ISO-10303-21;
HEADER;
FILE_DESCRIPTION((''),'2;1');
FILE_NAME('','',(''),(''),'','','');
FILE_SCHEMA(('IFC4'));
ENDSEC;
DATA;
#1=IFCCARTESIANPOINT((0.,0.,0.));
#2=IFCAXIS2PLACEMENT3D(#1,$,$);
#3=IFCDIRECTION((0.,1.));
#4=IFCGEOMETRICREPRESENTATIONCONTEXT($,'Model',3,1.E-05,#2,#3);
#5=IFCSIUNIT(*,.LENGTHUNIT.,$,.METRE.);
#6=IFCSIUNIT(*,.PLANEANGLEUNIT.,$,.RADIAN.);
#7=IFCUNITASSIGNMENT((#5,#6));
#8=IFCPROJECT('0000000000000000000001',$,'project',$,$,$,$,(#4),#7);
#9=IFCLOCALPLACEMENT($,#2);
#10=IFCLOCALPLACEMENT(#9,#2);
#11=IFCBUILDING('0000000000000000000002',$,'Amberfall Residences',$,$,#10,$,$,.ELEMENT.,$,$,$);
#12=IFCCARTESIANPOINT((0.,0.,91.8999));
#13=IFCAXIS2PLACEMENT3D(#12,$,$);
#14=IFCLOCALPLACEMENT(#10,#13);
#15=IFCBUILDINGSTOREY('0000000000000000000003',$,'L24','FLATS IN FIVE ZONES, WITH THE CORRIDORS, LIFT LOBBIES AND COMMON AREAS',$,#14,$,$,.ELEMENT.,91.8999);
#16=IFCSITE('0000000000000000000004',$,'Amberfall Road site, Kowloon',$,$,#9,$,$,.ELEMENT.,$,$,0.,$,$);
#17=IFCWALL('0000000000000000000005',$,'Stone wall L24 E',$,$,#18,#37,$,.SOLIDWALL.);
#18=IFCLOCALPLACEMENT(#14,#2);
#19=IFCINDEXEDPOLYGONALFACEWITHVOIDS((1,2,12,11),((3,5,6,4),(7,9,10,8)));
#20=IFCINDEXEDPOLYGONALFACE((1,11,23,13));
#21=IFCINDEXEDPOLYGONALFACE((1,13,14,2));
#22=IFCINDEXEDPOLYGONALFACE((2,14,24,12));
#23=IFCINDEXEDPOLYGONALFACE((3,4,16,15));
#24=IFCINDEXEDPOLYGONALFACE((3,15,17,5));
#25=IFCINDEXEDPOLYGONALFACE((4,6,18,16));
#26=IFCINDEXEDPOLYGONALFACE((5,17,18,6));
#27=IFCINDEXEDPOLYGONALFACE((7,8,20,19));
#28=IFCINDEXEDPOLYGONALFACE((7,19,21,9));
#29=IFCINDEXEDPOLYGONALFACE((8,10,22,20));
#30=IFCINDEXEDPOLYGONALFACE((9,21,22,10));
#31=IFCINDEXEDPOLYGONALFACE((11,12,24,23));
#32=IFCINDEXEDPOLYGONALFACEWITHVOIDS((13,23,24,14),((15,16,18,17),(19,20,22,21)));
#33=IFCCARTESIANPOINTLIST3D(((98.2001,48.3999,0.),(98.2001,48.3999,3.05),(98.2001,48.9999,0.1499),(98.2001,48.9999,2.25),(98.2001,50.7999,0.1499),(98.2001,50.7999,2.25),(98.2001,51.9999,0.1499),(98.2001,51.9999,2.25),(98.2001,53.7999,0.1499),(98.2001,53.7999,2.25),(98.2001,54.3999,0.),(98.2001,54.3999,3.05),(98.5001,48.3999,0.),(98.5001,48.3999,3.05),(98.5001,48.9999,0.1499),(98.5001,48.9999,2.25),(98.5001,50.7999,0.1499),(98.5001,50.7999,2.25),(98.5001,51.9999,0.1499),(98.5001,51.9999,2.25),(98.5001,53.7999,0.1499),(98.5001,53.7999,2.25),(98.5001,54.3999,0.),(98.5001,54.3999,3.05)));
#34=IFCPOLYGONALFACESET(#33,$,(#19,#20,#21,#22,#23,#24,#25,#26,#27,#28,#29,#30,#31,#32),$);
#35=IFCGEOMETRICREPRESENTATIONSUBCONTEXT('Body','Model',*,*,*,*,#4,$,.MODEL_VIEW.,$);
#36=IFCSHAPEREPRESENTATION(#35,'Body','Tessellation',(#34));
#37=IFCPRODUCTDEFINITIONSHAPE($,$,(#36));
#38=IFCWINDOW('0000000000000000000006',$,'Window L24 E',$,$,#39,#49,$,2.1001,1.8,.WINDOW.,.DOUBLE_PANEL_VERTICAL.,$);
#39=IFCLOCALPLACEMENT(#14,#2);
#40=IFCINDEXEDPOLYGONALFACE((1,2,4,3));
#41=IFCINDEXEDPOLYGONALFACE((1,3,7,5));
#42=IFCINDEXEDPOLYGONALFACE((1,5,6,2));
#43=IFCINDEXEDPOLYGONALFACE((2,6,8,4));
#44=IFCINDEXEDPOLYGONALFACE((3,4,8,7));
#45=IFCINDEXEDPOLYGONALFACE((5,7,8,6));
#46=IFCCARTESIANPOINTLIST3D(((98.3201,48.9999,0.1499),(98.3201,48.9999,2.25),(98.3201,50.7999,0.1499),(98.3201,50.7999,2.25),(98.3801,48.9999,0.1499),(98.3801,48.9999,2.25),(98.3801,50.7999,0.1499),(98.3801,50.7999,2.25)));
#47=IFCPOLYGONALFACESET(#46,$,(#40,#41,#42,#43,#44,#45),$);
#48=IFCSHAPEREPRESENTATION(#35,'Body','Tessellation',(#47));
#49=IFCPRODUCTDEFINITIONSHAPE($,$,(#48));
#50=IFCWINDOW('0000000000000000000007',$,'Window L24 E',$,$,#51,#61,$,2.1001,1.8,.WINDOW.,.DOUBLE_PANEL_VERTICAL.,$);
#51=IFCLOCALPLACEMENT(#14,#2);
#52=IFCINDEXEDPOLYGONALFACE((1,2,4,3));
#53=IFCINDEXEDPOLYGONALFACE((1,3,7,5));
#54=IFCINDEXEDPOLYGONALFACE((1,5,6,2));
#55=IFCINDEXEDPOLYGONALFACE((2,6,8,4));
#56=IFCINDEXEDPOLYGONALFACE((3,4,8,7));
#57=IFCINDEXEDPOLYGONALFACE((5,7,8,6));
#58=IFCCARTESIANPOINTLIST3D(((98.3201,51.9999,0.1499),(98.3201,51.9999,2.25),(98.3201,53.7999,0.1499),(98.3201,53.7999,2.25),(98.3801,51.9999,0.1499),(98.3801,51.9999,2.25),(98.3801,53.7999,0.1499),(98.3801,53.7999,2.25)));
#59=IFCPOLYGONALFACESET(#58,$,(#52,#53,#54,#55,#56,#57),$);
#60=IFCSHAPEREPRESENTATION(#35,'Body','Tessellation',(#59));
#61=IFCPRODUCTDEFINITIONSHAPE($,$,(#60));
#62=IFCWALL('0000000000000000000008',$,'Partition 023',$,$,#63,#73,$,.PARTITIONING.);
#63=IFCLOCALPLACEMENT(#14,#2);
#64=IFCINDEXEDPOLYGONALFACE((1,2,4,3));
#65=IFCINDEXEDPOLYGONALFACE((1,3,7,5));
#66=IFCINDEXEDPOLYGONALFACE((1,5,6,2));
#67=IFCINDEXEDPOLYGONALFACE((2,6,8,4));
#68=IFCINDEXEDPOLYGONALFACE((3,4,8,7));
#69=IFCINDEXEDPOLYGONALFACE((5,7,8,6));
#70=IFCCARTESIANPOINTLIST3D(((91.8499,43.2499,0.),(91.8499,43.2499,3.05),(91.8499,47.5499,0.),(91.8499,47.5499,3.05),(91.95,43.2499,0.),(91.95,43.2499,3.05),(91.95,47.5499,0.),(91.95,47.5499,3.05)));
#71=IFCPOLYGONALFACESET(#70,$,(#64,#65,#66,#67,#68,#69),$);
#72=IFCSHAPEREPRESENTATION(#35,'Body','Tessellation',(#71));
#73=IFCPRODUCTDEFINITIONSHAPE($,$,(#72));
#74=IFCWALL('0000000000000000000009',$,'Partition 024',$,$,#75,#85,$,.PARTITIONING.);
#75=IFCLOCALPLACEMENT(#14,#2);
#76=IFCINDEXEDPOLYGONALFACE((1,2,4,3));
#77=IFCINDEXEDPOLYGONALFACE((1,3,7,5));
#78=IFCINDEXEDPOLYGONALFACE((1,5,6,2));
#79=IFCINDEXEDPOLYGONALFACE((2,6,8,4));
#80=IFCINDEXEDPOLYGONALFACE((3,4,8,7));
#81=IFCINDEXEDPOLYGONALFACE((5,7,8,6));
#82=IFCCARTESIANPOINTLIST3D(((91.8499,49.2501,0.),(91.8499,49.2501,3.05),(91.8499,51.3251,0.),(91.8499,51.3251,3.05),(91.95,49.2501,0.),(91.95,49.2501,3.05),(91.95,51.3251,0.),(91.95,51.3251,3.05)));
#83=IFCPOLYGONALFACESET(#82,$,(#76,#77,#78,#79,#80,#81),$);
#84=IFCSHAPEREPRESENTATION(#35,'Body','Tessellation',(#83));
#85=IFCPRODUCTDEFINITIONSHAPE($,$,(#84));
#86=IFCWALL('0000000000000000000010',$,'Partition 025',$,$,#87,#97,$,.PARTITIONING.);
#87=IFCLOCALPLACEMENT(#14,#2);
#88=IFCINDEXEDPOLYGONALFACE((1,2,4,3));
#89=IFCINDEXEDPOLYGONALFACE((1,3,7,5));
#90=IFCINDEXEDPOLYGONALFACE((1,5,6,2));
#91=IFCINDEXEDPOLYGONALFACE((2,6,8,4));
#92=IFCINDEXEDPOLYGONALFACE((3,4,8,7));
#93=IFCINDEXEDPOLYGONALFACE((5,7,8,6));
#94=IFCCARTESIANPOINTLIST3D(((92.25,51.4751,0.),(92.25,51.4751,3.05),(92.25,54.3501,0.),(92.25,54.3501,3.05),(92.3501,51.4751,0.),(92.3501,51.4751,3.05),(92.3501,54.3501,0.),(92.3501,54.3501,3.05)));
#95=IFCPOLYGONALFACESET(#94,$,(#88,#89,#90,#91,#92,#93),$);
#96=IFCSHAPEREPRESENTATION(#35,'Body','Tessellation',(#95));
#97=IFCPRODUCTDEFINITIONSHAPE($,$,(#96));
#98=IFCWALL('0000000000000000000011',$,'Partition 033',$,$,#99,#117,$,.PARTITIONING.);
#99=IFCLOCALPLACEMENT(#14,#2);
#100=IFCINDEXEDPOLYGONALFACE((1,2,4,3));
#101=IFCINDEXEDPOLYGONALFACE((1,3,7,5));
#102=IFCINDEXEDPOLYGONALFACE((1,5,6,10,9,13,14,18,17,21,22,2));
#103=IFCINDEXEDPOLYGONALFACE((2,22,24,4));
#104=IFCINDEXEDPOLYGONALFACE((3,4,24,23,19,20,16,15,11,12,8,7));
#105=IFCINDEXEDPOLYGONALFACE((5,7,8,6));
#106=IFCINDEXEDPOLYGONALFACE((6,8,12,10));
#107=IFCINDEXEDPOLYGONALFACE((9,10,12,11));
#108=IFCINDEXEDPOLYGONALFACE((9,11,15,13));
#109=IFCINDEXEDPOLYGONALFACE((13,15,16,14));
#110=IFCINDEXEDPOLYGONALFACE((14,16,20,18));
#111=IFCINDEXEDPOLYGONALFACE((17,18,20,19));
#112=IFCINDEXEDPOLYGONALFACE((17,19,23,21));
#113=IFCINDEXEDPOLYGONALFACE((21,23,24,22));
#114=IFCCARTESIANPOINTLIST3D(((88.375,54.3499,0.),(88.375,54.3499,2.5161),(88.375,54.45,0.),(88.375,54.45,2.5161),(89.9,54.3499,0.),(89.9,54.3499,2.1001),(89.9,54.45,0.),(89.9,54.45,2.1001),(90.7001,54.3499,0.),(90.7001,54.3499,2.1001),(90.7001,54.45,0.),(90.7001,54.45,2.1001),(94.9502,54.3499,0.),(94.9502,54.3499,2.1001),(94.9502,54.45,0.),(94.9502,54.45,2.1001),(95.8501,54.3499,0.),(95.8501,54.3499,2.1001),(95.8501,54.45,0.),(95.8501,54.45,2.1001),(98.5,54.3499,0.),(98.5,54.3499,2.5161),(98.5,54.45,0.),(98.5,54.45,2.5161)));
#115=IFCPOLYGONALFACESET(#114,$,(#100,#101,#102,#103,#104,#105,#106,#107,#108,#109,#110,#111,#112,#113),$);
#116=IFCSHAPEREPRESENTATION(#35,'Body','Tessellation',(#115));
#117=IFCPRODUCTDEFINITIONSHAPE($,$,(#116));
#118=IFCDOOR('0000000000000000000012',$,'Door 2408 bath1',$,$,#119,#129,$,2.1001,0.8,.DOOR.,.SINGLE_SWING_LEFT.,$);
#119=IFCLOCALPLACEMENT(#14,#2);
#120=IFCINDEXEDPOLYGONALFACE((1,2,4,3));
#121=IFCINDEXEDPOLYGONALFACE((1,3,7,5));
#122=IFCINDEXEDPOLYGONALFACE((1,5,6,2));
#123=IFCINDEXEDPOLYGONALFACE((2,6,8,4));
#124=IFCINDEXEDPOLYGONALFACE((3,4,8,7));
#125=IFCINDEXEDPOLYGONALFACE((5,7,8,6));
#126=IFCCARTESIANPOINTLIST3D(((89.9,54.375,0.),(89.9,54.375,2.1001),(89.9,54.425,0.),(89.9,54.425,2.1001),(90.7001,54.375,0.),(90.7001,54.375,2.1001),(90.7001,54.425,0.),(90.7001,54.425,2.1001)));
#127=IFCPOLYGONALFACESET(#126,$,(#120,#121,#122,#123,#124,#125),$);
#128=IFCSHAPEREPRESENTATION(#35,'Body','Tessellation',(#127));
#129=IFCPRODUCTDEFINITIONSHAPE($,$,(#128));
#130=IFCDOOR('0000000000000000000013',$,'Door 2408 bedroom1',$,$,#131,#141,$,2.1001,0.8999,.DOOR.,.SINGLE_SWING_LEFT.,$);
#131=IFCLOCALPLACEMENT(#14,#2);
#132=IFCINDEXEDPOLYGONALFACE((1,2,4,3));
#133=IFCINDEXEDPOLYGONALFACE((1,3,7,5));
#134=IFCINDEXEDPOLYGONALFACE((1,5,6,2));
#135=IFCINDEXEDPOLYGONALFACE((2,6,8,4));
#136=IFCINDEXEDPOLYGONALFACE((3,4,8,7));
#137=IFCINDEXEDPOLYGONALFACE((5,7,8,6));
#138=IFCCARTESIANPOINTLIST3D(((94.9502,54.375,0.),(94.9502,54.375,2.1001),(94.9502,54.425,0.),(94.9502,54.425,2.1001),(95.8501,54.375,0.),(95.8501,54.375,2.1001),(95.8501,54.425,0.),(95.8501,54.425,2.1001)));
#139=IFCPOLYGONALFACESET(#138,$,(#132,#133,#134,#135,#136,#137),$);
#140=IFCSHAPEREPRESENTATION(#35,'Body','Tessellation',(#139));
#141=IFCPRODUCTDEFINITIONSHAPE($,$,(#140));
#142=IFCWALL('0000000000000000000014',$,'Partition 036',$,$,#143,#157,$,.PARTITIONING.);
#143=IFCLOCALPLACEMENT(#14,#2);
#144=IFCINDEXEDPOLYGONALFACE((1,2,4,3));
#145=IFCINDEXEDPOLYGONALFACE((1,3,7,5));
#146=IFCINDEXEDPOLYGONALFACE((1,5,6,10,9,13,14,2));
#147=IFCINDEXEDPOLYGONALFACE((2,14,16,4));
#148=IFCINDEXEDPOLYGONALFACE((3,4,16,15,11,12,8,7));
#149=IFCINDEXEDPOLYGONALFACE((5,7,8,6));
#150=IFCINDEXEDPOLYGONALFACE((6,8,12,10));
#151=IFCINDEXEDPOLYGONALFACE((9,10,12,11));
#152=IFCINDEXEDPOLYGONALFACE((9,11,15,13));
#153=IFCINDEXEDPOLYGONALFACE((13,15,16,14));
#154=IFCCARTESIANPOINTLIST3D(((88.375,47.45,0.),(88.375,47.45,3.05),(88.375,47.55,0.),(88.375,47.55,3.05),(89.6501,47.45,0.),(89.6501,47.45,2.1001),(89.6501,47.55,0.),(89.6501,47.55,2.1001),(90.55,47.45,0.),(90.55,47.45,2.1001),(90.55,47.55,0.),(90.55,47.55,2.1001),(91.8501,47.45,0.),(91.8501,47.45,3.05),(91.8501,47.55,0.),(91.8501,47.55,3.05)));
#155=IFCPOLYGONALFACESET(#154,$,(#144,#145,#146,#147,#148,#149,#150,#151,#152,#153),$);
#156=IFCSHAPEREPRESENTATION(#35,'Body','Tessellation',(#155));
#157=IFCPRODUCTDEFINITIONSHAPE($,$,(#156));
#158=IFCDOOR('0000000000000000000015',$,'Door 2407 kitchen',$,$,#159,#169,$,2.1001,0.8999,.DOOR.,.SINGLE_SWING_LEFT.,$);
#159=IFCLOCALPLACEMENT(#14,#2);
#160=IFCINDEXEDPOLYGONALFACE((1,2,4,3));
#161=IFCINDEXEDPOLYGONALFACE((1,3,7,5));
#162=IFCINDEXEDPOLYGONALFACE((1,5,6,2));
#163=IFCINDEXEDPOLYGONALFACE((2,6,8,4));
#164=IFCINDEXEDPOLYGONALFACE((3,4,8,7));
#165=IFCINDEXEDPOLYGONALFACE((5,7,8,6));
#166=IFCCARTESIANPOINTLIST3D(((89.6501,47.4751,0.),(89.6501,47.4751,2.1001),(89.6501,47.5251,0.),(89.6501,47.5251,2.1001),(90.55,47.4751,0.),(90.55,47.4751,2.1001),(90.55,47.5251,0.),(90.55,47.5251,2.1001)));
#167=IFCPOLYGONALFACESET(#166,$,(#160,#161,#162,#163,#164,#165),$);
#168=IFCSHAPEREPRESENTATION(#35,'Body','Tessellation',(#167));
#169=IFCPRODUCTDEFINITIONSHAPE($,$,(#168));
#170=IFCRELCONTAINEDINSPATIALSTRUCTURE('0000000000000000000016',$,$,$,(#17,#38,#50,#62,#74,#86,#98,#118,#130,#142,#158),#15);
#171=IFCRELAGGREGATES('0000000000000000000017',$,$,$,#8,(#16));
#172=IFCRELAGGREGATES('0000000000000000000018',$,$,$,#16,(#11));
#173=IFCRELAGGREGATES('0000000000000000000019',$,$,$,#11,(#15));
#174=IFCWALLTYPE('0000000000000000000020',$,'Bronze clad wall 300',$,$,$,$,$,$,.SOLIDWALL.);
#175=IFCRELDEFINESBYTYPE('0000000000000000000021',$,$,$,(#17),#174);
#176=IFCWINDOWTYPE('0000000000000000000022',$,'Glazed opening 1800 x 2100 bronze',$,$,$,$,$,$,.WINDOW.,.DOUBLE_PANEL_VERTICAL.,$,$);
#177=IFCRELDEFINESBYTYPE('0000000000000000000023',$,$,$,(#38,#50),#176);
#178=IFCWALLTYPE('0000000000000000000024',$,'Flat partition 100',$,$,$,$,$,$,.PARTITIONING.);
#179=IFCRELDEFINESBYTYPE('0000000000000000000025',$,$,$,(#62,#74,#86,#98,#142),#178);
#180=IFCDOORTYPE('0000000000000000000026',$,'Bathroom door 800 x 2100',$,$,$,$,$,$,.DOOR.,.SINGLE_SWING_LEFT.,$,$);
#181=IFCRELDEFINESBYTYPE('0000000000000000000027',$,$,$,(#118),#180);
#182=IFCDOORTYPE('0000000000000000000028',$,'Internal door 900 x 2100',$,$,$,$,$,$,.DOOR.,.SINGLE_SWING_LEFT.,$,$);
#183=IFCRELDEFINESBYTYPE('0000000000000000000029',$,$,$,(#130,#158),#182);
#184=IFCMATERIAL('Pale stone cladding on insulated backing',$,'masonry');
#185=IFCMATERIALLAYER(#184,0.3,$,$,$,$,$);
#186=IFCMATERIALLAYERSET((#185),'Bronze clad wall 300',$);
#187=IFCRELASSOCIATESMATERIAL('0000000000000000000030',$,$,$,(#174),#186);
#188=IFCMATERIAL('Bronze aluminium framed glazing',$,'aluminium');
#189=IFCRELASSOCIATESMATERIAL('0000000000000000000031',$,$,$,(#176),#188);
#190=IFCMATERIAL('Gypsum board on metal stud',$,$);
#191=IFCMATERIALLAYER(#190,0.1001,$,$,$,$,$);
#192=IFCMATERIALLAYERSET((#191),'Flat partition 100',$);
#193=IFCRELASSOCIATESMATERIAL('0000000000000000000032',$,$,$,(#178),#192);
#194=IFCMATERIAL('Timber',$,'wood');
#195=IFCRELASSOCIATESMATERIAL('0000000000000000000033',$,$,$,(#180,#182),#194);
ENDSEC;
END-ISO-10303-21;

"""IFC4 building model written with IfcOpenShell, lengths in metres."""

from ifc_helpers import new_model, si_unit, direction, frame, frame_2d, origin, place, context, subcontext, project, spatial, rectangle, extrude, material, layer, layer_set, type_object, element, fill, save


model = new_model("IFC4")

# Units and contexts
model_context = context("Model", 3, precision=1e-05, world=origin(), true_north=direction((0.0, 1.0)))
body_context = subcontext(model_context, "Body", "Model", "MODEL_VIEW")
ifc_project = project(units=[si_unit("LENGTHUNIT", "METRE"), si_unit("PLANEANGLEUNIT", "RADIAN")], contexts=[model_context])

# Site, building, storey
site_placement = place(None, origin())
site = spatial("IfcSite", under=ifc_project, at=site_placement, Name="Amberfall Road site, Kowloon", CompositionType="ELEMENT", RefElevation=0.0)
building_placement = place(site_placement, origin())
building = spatial("IfcBuilding", under=site, at=building_placement, Name="Amberfall Residences", CompositionType="ELEMENT")
storey_placement = place(building_placement, frame((0.0, 0.0, 91.8999)))
storey = spatial("IfcBuildingStorey", under=building, at=storey_placement, Name="L24", Description="FLATS IN FIVE ZONES, WITH THE CORRIDORS, LIFT LOBBIES AND COMMON AREAS", CompositionType="ELEMENT", Elevation=91.8999)

# Shared definitions
ifc_material_1 = material(Name="Pale stone cladding on insulated backing", Category="masonry")
ifc_layer_1 = layer(ifc_material_1, 0.3)
ifc_layer_set_1 = layer_set([ifc_layer_1], Name="Bronze clad wall 300")
wall_type_1 = type_object("IfcWallType", Name="Bronze clad wall 300", PredefinedType="SOLIDWALL", material=ifc_layer_set_1)

# Wall, openings, windows
wall_1_placement = place(storey_placement, frame((98.3501, 48.3999, 0.0), z_axis=(0.0, 0.0, 1.0), x_axis=(0.0, 1.0, 0.0)))
wall_1 = element("IfcWall", 1, at=wall_1_placement, inside=storey, type_object=wall_type_1, Name="Stone wall L24 E", PredefinedType="SOLIDWALL", context=body_context, shape_type="SweptSolid", body=[
    extrude(rectangle(XDim=6.0, YDim=0.3, at=frame_2d((3.0, 0.0))), origin(), (0.0, 0.0, 1.0), 3.05),
])
opening_1_placement = place(wall_1_placement, frame((0.6001, 0.0, 0.1499)))
opening_1 = element("IfcOpeningElement", 2, at=opening_1_placement, cuts=wall_1, PredefinedType="OPENING", context=body_context, shape_type="SweptSolid", body=[
    extrude(rectangle(XDim=1.8, YDim=2.1001, at=frame_2d((0.8999, 1.05))), frame((0.0, 0.1599, 0.0), z_axis=(0.0, -1.0, 0.0), x_axis=(1.0, 0.0, 0.0)), (0.0, 0.0, 1.0), 0.3201),
])
opening_2_placement = place(wall_1_placement, frame((3.6001, 0.0, 0.1499)))
opening_2 = element("IfcOpeningElement", 3, at=opening_2_placement, cuts=wall_1, PredefinedType="OPENING", context=body_context, shape_type="SweptSolid", body=[
    extrude(rectangle(XDim=1.8, YDim=2.1001, at=frame_2d((0.8999, 1.05))), frame((0.0, 0.1599, 0.0), z_axis=(0.0, -1.0, 0.0), x_axis=(1.0, 0.0, 0.0)), (0.0, 0.0, 1.0), 0.3201),
])
ifc_material_2 = material(Name="Bronze aluminium framed glazing", Category="aluminium")
window_type = type_object("IfcWindowType", Name="Glazed opening 1800 x 2100 bronze", PartitioningType="DOUBLE_PANEL_VERTICAL", PredefinedType="WINDOW", material=ifc_material_2)
window_1_placement = place(opening_1_placement, origin())
window_1 = element("IfcWindow", 4, at=window_1_placement, inside=storey, type_object=window_type, Name="Window L24 E", OverallHeight=2.1001, OverallWidth=1.8, PartitioningType="DOUBLE_PANEL_VERTICAL", PredefinedType="WINDOW", context=body_context, shape_type="SweptSolid", body=[
    extrude(rectangle(XDim=1.8, YDim=2.1001, at=frame_2d((0.8999, 1.05))), frame((0.0, 0.03, 0.0), z_axis=(0.0, -1.0, 0.0), x_axis=(1.0, 0.0, 0.0)), (0.0, 0.0, 1.0), 0.0601),
])
fill(opening_1, window_1)
window_2_placement = place(opening_2_placement, origin())
window_2 = element("IfcWindow", 5, at=window_2_placement, inside=storey, type_object=window_type, Name="Window L24 E", OverallHeight=2.1001, OverallWidth=1.8, PartitioningType="DOUBLE_PANEL_VERTICAL", PredefinedType="WINDOW", context=body_context, shape_type="SweptSolid", body=[
    extrude(rectangle(XDim=1.8, YDim=2.1001, at=frame_2d((0.8999, 1.05))), frame((0.0, 0.03, 0.0), z_axis=(0.0, -1.0, 0.0), x_axis=(1.0, 0.0, 0.0)), (0.0, 0.0, 1.0), 0.0601),
])
fill(opening_2, window_2)

# Walls
ifc_material_3 = material(Name="Gypsum board on metal stud")
ifc_layer_2 = layer(ifc_material_3, 0.1001)
ifc_layer_set_2 = layer_set([ifc_layer_2], Name="Flat partition 100")
wall_type_2 = type_object("IfcWallType", Name="Flat partition 100", PredefinedType="PARTITIONING", material=ifc_layer_set_2)
wall_2_placement = place(storey_placement, frame((91.8999, 43.25, 0.0), z_axis=(0.0, 0.0, 1.0), x_axis=(0.0, 1.0, 0.0)))
element("IfcWall", 6, at=wall_2_placement, inside=storey, type_object=wall_type_2, Name="Partition 023", PredefinedType="PARTITIONING", context=body_context, shape_type="SweptSolid", body=[
    extrude(rectangle(XDim=4.3, YDim=0.1001, at=frame_2d((2.1499, 0.0))), origin(), (0.0, 0.0, 1.0), 3.05),
])
wall_3_placement = place(storey_placement, frame((91.8999, 49.25, 0.0), z_axis=(0.0, 0.0, 1.0), x_axis=(0.0, 1.0, 0.0)))
element("IfcWall", 7, at=wall_3_placement, inside=storey, type_object=wall_type_2, Name="Partition 024", PredefinedType="PARTITIONING", context=body_context, shape_type="SweptSolid", body=[
    extrude(rectangle(XDim=2.075, YDim=0.1001, at=frame_2d((1.0376, 0.0))), origin(), (0.0, 0.0, 1.0), 3.05),
])
wall_4_placement = place(storey_placement, frame((92.3, 51.4751, 0.0), z_axis=(0.0, 0.0, 1.0), x_axis=(0.0, 1.0, 0.0)))
element("IfcWall", 8, at=wall_4_placement, inside=storey, type_object=wall_type_2, Name="Partition 025", PredefinedType="PARTITIONING", context=body_context, shape_type="SweptSolid", body=[
    extrude(rectangle(XDim=2.875, YDim=0.1001, at=frame_2d((1.4375, 0.0))), origin(), (0.0, 0.0, 1.0), 3.05),
])

# Wall, openings, doors
wall_5_placement = place(storey_placement, frame((98.5, 54.3999, 0.0), z_axis=(0.0, 0.0, 1.0), x_axis=(-1.0, 0.0, 0.0)))
wall_5 = element("IfcWall", 9, at=wall_5_placement, inside=storey, type_object=wall_type_2, Name="Partition 033", PredefinedType="PARTITIONING", context=body_context, shape_type="SweptSolid", body=[
    extrude(rectangle(XDim=10.125, YDim=0.1001, at=frame_2d((5.0625, 0.0))), origin(), (0.0, 0.0, 1.0), 2.5161),
])
opening_3_placement = place(wall_5_placement, frame((2.6499, 0.0, 0.0)))
opening_3 = element("IfcOpeningElement", 10, at=opening_3_placement, cuts=wall_5, PredefinedType="OPENING", context=body_context, shape_type="SweptSolid", body=[
    extrude(rectangle(XDim=0.8999, YDim=2.1001, at=frame_2d((0.45, 1.05))), frame((0.0, 0.0601, 0.0), z_axis=(0.0, -1.0, 0.0), x_axis=(1.0, 0.0, 0.0)), (0.0, 0.0, 1.0), 0.1201),
])
opening_4_placement = place(wall_5_placement, frame((7.8, 0.0, 0.0)))
opening_4 = element("IfcOpeningElement", 11, at=opening_4_placement, cuts=wall_5, PredefinedType="OPENING", context=body_context, shape_type="SweptSolid", body=[
    extrude(rectangle(XDim=0.8, YDim=2.1001, at=frame_2d((0.3999, 1.05))), frame((0.0, 0.0601, 0.0), z_axis=(0.0, -1.0, 0.0), x_axis=(1.0, 0.0, 0.0)), (0.0, 0.0, 1.0), 0.1201),
])
ifc_material_4 = material(Name="Timber", Category="wood")
door_type_1 = type_object("IfcDoorType", Name="Bathroom door 800 x 2100", OperationType="SINGLE_SWING_LEFT", PredefinedType="DOOR", material=ifc_material_4)
door_1_placement = place(opening_4_placement, origin())
door_1 = element("IfcDoor", 12, at=door_1_placement, inside=storey, type_object=door_type_1, Name="Door 2408 bath1", OperationType="SINGLE_SWING_LEFT", OverallHeight=2.1001, OverallWidth=0.8, PredefinedType="DOOR", context=body_context, shape_type="SweptSolid", body=[
    extrude(rectangle(XDim=0.8, YDim=2.1001, at=frame_2d((0.3999, 1.05))), frame((0.0, 0.0249, 0.0), z_axis=(0.0, -1.0, 0.0), x_axis=(1.0, 0.0, 0.0)), (0.0, 0.0, 1.0), 0.05),
])
fill(opening_4, door_1)
door_type_2 = type_object("IfcDoorType", Name="Internal door 900 x 2100", OperationType="SINGLE_SWING_LEFT", PredefinedType="DOOR", material=ifc_material_4)
door_2_placement = place(opening_3_placement, origin())
door_2 = element("IfcDoor", 13, at=door_2_placement, inside=storey, type_object=door_type_2, Name="Door 2408 bedroom1", OperationType="SINGLE_SWING_LEFT", OverallHeight=2.1001, OverallWidth=0.8999, PredefinedType="DOOR", context=body_context, shape_type="SweptSolid", body=[
    extrude(rectangle(XDim=0.8999, YDim=2.1001, at=frame_2d((0.45, 1.05))), frame((0.0, 0.0249, 0.0), z_axis=(0.0, -1.0, 0.0), x_axis=(1.0, 0.0, 0.0)), (0.0, 0.0, 1.0), 0.05),
])
fill(opening_3, door_2)

# Wall, opening, door
wall_6_placement = place(storey_placement, frame((91.8501, 47.5, 0.0), z_axis=(0.0, 0.0, 1.0), x_axis=(-1.0, 0.0, 0.0)))
wall_6 = element("IfcWall", 14, at=wall_6_placement, inside=storey, type_object=wall_type_2, Name="Partition 036", PredefinedType="PARTITIONING", context=body_context, shape_type="SweptSolid", body=[
    extrude(rectangle(XDim=3.4751, YDim=0.1001, at=frame_2d((1.7375, 0.0))), origin(), (0.0, 0.0, 1.0), 3.05),
])
opening_5_placement = place(wall_6_placement, frame((1.3, 0.0, 0.0)))
opening_5 = element("IfcOpeningElement", 15, at=opening_5_placement, cuts=wall_6, PredefinedType="OPENING", context=body_context, shape_type="SweptSolid", body=[
    extrude(rectangle(XDim=0.8999, YDim=2.1001, at=frame_2d((0.45, 1.05))), frame((0.0, 0.0601, 0.0), z_axis=(0.0, -1.0, 0.0), x_axis=(1.0, 0.0, 0.0)), (0.0, 0.0, 1.0), 0.1201),
])
door_3_placement = place(opening_5_placement, origin())
door_3 = element("IfcDoor", 16, at=door_3_placement, inside=storey, type_object=door_type_2, Name="Door 2407 kitchen", OperationType="SINGLE_SWING_LEFT", OverallHeight=2.1001, OverallWidth=0.8999, PredefinedType="DOOR", context=body_context, shape_type="SweptSolid", body=[
    extrude(rectangle(XDim=0.8999, YDim=2.1001, at=frame_2d((0.45, 1.05))), frame((0.0, 0.0249, 0.0), z_axis=(0.0, -1.0, 0.0), x_axis=(1.0, 0.0, 0.0)), (0.0, 0.0, 1.0), 0.05),
])
fill(opening_5, door_3)

save(model, "model.ifc")
